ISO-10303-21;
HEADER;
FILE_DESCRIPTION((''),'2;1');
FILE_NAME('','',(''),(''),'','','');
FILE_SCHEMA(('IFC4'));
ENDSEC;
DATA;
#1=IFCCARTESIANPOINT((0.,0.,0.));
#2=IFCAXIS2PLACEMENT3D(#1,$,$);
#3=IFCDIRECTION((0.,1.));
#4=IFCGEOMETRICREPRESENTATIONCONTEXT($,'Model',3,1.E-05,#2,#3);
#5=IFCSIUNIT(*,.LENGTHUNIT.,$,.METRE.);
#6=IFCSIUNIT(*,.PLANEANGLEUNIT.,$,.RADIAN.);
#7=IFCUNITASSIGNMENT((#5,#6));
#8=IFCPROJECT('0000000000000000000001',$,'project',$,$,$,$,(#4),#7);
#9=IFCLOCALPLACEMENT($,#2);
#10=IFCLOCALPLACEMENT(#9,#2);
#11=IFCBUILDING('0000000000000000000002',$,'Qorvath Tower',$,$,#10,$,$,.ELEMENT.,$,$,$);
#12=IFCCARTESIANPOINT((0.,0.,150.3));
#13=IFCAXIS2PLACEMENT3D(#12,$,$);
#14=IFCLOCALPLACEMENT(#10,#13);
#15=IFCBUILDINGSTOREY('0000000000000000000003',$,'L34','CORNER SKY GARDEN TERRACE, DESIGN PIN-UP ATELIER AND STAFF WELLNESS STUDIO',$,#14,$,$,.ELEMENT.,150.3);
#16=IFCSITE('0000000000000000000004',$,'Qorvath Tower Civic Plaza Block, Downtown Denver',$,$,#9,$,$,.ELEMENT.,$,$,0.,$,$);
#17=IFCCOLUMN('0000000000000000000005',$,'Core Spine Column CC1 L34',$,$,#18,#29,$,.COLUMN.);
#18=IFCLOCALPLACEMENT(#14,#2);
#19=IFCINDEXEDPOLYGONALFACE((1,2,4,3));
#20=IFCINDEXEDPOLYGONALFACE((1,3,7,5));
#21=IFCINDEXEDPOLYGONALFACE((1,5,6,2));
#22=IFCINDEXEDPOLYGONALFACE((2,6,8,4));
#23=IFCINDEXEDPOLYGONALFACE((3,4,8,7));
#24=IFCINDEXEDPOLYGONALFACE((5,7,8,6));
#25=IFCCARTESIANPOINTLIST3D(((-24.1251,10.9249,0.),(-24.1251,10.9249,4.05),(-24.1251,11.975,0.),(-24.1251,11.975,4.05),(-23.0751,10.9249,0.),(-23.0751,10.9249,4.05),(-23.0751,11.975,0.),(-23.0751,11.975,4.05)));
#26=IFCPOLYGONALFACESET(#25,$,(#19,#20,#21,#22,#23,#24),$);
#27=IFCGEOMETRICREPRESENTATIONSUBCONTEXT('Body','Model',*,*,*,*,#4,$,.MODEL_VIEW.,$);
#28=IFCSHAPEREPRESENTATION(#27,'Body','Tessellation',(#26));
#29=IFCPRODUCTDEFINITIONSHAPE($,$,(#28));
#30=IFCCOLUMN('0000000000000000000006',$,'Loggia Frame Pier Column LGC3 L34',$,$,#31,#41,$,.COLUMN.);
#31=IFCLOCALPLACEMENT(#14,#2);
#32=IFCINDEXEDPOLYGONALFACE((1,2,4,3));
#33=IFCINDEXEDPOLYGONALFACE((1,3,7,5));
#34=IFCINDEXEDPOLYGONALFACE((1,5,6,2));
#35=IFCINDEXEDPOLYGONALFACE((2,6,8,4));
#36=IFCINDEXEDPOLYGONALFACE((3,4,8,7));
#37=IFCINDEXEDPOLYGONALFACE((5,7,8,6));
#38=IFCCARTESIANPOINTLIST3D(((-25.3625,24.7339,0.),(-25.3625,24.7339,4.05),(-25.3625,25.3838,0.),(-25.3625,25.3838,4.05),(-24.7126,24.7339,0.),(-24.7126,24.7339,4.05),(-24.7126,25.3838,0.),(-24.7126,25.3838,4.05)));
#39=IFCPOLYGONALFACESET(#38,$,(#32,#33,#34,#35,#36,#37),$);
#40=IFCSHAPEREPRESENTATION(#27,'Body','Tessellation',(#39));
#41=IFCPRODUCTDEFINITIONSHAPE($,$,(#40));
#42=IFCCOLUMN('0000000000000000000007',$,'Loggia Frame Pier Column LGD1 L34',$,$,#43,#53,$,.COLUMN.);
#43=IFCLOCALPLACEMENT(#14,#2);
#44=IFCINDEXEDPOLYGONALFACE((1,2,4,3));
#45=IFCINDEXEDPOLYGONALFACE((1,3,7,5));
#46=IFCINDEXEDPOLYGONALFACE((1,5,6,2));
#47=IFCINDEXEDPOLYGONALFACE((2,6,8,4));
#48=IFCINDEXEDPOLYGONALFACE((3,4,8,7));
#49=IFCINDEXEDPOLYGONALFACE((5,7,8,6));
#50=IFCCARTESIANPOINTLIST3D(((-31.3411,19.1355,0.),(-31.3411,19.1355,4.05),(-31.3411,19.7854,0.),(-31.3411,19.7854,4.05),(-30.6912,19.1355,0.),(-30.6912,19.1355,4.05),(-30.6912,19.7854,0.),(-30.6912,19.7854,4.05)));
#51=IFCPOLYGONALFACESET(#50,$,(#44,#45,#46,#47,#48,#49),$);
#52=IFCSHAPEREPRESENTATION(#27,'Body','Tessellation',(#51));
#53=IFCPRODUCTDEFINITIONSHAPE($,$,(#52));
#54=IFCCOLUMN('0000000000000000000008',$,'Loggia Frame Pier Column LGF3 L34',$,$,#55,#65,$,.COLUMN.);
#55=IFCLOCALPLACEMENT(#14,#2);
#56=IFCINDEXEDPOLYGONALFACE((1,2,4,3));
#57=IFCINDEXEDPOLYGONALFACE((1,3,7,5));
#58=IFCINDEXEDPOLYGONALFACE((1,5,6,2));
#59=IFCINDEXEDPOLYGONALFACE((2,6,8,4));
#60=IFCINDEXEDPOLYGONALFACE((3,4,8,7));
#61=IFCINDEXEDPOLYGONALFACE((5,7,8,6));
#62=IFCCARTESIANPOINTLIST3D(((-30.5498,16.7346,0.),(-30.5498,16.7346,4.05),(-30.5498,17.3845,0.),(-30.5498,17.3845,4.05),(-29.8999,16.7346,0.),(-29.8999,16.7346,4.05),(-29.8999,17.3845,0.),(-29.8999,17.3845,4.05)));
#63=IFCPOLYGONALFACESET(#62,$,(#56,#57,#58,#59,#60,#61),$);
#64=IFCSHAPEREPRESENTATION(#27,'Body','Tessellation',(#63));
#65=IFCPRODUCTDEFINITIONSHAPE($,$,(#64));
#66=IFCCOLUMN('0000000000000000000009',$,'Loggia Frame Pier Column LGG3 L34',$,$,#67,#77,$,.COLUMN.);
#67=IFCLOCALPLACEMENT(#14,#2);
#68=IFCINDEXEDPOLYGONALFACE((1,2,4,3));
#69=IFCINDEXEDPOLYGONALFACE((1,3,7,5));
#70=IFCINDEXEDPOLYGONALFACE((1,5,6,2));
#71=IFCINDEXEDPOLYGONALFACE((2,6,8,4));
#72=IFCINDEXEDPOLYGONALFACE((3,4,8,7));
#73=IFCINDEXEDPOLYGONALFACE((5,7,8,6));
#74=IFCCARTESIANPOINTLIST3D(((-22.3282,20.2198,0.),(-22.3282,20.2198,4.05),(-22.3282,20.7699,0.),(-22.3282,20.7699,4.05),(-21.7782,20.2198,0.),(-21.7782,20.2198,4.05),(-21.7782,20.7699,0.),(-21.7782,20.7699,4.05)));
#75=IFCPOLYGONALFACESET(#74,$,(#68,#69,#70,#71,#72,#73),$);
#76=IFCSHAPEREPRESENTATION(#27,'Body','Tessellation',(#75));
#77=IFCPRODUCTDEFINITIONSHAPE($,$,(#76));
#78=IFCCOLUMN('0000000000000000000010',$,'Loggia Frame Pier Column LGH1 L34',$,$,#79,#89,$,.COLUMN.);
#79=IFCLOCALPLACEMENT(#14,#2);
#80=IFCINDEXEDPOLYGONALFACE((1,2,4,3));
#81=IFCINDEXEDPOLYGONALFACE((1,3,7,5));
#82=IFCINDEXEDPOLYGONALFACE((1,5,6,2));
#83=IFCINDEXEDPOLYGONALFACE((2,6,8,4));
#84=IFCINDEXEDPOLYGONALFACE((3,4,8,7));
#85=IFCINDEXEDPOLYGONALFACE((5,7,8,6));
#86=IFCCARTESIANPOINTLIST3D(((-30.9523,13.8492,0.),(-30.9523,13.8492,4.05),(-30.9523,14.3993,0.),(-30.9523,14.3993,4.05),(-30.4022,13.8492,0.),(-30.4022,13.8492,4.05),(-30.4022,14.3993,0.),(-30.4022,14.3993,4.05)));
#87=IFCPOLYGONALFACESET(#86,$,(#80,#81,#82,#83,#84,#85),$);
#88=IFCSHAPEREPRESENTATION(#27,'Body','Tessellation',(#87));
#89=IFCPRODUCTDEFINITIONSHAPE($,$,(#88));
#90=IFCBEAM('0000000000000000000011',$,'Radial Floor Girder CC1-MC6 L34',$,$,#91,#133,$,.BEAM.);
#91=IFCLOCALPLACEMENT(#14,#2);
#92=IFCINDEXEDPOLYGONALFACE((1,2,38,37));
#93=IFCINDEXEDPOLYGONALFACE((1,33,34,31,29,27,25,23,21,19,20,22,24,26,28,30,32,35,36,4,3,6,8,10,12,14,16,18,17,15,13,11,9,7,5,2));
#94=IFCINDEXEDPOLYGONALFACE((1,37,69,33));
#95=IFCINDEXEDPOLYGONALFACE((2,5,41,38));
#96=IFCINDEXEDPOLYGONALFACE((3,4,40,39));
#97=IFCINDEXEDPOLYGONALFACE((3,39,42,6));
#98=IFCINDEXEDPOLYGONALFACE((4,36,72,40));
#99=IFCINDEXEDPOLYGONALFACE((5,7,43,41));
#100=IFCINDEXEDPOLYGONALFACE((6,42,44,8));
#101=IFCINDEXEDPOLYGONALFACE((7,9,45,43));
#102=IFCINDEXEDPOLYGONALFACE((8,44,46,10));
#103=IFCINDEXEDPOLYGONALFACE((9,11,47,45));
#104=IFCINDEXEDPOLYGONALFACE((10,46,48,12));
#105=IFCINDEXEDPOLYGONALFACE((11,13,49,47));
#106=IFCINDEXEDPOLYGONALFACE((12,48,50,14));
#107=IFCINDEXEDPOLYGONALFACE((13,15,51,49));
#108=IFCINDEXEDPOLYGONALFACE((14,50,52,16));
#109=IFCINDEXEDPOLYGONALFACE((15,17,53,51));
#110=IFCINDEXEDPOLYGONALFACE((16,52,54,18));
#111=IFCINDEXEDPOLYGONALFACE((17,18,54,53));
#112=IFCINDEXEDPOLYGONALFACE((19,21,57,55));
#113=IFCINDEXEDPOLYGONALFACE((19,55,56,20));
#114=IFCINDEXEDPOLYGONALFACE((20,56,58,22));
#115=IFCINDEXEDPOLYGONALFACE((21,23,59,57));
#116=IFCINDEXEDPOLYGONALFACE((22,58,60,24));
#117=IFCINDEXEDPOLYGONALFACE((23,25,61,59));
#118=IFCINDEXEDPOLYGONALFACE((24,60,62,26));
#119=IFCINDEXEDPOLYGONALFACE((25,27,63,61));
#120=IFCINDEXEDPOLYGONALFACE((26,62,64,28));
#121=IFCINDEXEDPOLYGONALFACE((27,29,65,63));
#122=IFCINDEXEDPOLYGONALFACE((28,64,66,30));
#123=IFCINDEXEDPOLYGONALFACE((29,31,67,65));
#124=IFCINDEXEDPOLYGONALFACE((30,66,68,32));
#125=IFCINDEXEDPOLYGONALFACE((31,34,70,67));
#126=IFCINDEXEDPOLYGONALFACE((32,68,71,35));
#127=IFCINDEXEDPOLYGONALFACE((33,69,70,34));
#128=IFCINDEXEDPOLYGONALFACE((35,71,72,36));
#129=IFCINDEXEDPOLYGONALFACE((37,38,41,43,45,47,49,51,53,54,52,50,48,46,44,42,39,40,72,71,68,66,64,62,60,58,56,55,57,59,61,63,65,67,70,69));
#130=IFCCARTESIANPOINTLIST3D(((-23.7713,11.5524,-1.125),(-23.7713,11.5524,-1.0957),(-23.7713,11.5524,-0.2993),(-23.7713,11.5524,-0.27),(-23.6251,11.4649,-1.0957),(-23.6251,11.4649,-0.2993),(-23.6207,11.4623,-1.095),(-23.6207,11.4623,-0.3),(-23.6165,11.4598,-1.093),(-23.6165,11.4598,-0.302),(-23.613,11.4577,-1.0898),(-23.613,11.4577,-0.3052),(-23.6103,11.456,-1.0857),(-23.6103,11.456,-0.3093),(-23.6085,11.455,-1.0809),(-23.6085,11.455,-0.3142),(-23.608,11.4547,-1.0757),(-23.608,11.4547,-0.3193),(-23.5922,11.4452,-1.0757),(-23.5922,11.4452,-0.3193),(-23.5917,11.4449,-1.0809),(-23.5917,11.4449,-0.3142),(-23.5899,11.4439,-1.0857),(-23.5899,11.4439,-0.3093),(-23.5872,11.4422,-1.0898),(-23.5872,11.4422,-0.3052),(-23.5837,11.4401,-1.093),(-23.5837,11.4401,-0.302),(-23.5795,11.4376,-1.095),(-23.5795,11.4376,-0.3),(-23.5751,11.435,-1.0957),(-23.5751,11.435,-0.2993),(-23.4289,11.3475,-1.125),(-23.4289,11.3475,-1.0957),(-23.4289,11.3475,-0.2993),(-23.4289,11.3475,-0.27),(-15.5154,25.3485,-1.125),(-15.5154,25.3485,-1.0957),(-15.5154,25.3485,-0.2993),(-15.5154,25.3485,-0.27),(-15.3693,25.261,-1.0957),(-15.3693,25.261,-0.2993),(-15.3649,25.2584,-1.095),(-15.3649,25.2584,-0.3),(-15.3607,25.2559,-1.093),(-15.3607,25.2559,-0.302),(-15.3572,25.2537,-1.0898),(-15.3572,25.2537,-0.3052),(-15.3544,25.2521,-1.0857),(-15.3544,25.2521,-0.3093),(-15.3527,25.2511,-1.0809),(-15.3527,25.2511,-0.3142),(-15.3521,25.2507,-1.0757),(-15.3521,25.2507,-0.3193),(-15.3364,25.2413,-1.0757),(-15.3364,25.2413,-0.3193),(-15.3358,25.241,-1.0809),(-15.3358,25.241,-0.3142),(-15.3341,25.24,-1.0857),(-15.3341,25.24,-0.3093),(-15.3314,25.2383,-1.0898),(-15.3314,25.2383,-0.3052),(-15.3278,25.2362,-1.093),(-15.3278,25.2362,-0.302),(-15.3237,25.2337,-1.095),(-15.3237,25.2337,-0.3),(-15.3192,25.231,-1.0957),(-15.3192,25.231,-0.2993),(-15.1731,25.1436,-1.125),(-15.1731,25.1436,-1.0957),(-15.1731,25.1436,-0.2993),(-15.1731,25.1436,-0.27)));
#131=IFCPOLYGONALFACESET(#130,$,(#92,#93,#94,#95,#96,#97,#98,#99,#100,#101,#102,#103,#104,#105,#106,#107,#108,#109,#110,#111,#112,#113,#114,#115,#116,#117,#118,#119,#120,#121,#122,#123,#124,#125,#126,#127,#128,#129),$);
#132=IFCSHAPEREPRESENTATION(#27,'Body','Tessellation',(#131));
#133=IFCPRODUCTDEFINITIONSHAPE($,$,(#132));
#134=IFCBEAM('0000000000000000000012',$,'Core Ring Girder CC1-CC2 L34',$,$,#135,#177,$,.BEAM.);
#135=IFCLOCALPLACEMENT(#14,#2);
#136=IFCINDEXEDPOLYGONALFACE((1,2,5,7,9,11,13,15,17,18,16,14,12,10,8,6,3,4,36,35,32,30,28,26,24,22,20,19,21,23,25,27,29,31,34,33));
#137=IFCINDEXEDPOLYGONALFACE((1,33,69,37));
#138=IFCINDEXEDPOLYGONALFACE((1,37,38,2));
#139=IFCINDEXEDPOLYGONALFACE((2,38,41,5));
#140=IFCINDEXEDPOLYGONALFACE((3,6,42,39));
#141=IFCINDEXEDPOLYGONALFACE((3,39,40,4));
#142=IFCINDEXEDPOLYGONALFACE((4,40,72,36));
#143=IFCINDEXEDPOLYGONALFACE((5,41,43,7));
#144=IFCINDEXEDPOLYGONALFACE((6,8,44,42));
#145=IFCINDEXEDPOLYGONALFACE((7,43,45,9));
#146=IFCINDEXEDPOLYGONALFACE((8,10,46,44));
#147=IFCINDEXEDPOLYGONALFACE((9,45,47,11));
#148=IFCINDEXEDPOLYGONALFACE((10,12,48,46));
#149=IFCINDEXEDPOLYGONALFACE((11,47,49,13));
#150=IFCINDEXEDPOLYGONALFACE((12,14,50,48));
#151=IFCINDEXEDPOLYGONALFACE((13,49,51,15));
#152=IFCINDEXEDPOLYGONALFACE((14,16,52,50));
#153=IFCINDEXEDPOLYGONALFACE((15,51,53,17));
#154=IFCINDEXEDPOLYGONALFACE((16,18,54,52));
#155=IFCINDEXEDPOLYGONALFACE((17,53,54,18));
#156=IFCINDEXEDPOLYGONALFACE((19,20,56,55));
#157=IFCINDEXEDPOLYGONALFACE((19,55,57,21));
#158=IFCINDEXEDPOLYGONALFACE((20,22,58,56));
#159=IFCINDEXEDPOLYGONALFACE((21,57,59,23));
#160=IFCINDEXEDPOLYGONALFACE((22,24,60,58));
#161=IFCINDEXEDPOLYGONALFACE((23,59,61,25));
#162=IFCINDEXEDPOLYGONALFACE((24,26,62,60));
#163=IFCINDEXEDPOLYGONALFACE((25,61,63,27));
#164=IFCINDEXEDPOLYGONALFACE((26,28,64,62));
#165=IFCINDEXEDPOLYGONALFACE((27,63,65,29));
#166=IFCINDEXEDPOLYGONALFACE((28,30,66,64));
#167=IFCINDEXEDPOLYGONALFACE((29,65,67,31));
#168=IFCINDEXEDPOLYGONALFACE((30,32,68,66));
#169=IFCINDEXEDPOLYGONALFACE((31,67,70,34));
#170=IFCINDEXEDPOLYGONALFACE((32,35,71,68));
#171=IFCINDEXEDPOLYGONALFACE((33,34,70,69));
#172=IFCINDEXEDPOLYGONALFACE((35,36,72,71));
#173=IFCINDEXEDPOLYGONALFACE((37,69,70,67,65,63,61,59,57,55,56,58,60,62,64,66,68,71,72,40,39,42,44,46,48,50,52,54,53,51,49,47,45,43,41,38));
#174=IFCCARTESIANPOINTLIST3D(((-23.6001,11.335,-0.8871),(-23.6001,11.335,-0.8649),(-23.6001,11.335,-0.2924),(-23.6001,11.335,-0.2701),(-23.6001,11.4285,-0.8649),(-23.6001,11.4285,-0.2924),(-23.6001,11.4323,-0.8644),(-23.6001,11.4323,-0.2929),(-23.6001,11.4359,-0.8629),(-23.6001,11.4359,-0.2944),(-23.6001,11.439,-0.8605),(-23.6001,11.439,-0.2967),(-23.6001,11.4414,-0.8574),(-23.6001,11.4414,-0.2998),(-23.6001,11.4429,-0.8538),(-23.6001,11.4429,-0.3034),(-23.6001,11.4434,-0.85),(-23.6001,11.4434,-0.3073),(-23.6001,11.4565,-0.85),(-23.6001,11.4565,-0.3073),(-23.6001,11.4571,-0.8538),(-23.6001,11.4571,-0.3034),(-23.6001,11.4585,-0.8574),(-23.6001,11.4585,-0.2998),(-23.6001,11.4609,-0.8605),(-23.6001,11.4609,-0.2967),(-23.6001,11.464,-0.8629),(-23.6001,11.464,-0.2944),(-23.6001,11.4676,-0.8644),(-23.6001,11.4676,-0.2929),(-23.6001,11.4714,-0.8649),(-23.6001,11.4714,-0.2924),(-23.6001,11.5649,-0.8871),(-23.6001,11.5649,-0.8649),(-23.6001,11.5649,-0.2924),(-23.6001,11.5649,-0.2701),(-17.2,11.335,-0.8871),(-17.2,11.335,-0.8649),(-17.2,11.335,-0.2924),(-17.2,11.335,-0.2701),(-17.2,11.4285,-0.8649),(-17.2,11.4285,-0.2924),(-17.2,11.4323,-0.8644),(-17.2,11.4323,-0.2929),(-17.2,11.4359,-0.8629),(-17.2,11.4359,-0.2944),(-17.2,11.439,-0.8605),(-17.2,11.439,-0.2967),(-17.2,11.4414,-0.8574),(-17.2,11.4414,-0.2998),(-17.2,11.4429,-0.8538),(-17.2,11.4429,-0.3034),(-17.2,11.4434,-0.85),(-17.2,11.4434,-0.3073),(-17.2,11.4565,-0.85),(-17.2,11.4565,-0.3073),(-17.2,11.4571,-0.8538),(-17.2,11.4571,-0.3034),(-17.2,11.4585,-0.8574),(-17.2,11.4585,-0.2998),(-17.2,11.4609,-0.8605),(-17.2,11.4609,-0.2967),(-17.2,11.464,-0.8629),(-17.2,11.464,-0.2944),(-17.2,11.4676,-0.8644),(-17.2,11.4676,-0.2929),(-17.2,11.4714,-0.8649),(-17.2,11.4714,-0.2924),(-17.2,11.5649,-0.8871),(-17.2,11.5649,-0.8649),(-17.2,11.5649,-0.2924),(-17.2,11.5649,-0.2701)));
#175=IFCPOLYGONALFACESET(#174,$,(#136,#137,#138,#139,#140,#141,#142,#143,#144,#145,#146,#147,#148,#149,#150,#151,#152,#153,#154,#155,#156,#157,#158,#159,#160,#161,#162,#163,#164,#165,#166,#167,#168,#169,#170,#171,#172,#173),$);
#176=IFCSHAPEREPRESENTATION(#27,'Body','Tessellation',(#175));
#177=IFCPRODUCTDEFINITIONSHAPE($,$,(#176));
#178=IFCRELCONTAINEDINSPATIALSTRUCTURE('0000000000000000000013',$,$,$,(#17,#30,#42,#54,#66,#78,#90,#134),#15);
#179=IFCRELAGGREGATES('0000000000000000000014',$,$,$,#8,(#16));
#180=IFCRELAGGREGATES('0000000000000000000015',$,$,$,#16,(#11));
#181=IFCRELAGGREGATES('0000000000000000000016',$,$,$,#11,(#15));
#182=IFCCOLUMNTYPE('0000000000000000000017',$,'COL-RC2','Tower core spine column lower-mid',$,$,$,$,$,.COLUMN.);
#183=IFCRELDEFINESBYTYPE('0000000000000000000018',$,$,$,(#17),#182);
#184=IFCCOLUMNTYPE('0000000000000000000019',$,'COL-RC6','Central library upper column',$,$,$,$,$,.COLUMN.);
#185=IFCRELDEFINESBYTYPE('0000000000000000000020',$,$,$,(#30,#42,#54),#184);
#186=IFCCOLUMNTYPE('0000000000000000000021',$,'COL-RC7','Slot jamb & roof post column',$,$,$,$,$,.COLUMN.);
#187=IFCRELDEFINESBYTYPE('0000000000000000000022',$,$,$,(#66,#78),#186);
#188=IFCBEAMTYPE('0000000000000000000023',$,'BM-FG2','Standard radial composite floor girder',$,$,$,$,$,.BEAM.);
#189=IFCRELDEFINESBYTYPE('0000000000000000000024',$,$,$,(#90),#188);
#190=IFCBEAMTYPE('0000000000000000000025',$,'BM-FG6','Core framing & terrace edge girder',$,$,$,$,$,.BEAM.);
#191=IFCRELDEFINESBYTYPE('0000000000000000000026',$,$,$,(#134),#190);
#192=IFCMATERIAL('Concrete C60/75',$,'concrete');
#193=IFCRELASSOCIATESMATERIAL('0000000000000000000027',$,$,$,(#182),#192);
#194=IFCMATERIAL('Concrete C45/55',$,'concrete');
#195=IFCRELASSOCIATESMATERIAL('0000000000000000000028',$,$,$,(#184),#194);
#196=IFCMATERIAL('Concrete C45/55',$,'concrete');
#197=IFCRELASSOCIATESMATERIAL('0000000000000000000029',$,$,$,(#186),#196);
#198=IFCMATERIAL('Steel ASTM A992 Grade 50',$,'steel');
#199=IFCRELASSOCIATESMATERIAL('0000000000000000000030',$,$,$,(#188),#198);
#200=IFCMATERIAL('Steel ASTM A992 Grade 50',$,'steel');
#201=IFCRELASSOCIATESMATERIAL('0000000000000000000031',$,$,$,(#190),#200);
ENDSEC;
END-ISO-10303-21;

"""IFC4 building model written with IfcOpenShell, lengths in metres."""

from ifc_helpers import new_model, si_unit, direction, frame, origin, origin_2d, place, context, subcontext, project, spatial, rectangle, i_section, extrude, material, material_profile, profile_set, type_object, element, save


model = new_model("IFC4")

# Units and contexts
model_context = context("Model", 3, precision=1e-05, world=origin(), true_north=direction((0.0, 1.0)))
body_context = subcontext(model_context, "Body", "Model", "MODEL_VIEW")
ifc_project = project(units=[si_unit("LENGTHUNIT", "METRE"), si_unit("PLANEANGLEUNIT", "RADIAN")], contexts=[model_context])

# Site, building, storey
site_placement = place(None, origin())
site = spatial("IfcSite", under=ifc_project, at=site_placement, Name="Qorvath Tower Civic Plaza Block, Downtown Denver", CompositionType="ELEMENT", RefElevation=0.0)
building_placement = place(site_placement, origin())
building = spatial("IfcBuilding", under=site, at=building_placement, Name="Qorvath Tower", CompositionType="ELEMENT")
storey_placement = place(building_placement, frame((0.0, 0.0, 150.3)))
storey = spatial("IfcBuildingStorey", under=building, at=storey_placement, Name="L34", Description="CORNER SKY GARDEN TERRACE, DESIGN PIN-UP ATELIER AND STAFF WELLNESS STUDIO", CompositionType="ELEMENT", Elevation=150.3)

# Columns
ifc_material_1 = material(Name="Concrete C60/75", Category="concrete")
ifc_material_profile_1 = material_profile(ifc_material_1, rectangle(XDim=1.05, YDim=1.05, at=origin_2d()), Name="RC 1050x1050")
ifc_profile_set_1 = profile_set([ifc_material_profile_1], Name="Concrete C60/75")
column_type_1 = type_object("IfcColumnType", Name="COL-RC2", Description="Tower core spine column lower-mid", PredefinedType="COLUMN", material=ifc_profile_set_1)
column_placement = place(storey_placement, frame((-23.6001, 11.45, 0.0), z_axis=(0.0, 0.0, 1.0), x_axis=(1.0, 0.0, 0.0)))
element("IfcColumn", 1, at=column_placement, inside=storey, type_object=column_type_1, Name="Core Spine Column CC1 L34", PredefinedType="COLUMN", context=body_context, shape_type="SweptSolid", body=[
    extrude(rectangle(XDim=1.05, YDim=1.05, at=origin_2d()), origin(), (0.0, 0.0, 1.0), 4.05),
])
ifc_material_2 = material(Name="Concrete C45/55", Category="concrete")
ifc_material_profile_2 = material_profile(ifc_material_2, rectangle(XDim=0.6499, YDim=0.6499, at=origin_2d()), Name="RC 650x650")
ifc_profile_set_2 = profile_set([ifc_material_profile_2], Name="Concrete C45/55")
column_type_2 = type_object("IfcColumnType", Name="COL-RC6", Description="Central library upper column", PredefinedType="COLUMN", material=ifc_profile_set_2)
for number, where, z_axis, x_axis, name in (
    (2, (-25.0376, 25.0588, 0.0), (0.0, 0.0, 1.0), (1.0, 0.0, 0.0), "Loggia Frame Pier Column LGC3 L34"),
    (3, (-31.0161, 19.4604, 0.0), (0.0, 0.0, 1.0), (1.0, 0.0, 0.0), "Loggia Frame Pier Column LGD1 L34"),
    (4, (-30.2249, 17.0596, 0.0), (0.0, 0.0, 1.0), (1.0, 0.0, 0.0), "Loggia Frame Pier Column LGF3 L34"),
):
    element("IfcColumn", number, at=place(storey_placement, frame(where, z_axis=z_axis, x_axis=x_axis)), inside=storey, type_object=column_type_2, Name=name, PredefinedType="COLUMN", context=body_context, shape_type="SweptSolid", body=[
        extrude(rectangle(XDim=0.6499, YDim=0.6499, at=origin_2d()), origin(), (0.0, 0.0, 1.0), 4.05),
    ])
ifc_material_3 = material(Name="Concrete C45/55", Category="concrete")
ifc_material_profile_3 = material_profile(ifc_material_3, rectangle(XDim=0.55, YDim=0.55, at=origin_2d()), Name="RC 550x550")
ifc_profile_set_3 = profile_set([ifc_material_profile_3], Name="Concrete C45/55")
column_type_3 = type_object("IfcColumnType", Name="COL-RC7", Description="Slot jamb & roof post column", PredefinedType="COLUMN", material=ifc_profile_set_3)
for number, where, z_axis, x_axis, name in (
    (5, (-22.0532, 20.4949, 0.0), (0.0, 0.0, 1.0), (1.0, 0.0, 0.0), "Loggia Frame Pier Column LGG3 L34"),
    (6, (-30.6772, 14.1243, 0.0), (0.0, 0.0, 1.0), (1.0, 0.0, 0.0), "Loggia Frame Pier Column LGH1 L34"),
):
    element("IfcColumn", number, at=place(storey_placement, frame(where, z_axis=z_axis, x_axis=x_axis)), inside=storey, type_object=column_type_3, Name=name, PredefinedType="COLUMN", context=body_context, shape_type="SweptSolid", body=[
        extrude(rectangle(XDim=0.55, YDim=0.55, at=origin_2d()), origin(), (0.0, 0.0, 1.0), 4.05),
    ])

# Beams
ifc_material_4 = material(Name="Steel ASTM A992 Grade 50", Category="steel")
ifc_material_profile_4 = material_profile(ifc_material_4, i_section(OverallWidth=0.3989, OverallDepth=0.855, WebThickness=0.0183, FlangeThickness=0.0293, FilletRadius=0.02, at=origin_2d()), Name="W33x201")
ifc_profile_set_4 = profile_set([ifc_material_profile_4], Name="Steel ASTM A992 Grade 50")
beam_type_1 = type_object("IfcBeamType", Name="BM-FG2", Description="Standard radial composite floor girder", PredefinedType="BEAM", material=ifc_profile_set_4)
beam_1_placement = place(storey_placement, frame((-23.6001, 11.45, -0.6975), z_axis=(0.513497, 0.858091, 0.0), x_axis=(-0.858091, 0.513497, 0.0)))
element("IfcBeam", 7, at=beam_1_placement, inside=storey, type_object=beam_type_1, Name="Radial Floor Girder CC1-MC6 L34", PredefinedType="BEAM", context=body_context, shape_type="SweptSolid", body=[
    extrude(i_section(OverallWidth=0.3989, OverallDepth=0.855, WebThickness=0.0183, FlangeThickness=0.0293, FilletRadius=0.02, at=origin_2d()), origin(), (0.0, 0.0, 1.0), 16.0776),
])
ifc_material_5 = material(Name="Steel ASTM A992 Grade 50", Category="steel")
ifc_material_profile_5 = material_profile(ifc_material_5, i_section(OverallWidth=0.23, OverallDepth=0.6169, WebThickness=0.0132, FlangeThickness=0.0222, FilletRadius=0.0149, at=origin_2d()), Name="W24x94")
ifc_profile_set_5 = profile_set([ifc_material_profile_5], Name="Steel ASTM A992 Grade 50")
beam_type_2 = type_object("IfcBeamType", Name="BM-FG6", Description="Core framing & terrace edge girder", PredefinedType="BEAM", material=ifc_profile_set_5)
beam_2_placement = place(storey_placement, frame((-23.6001, 11.45, -0.5786), z_axis=(1.0, 0.0, 0.0), x_axis=(0.0, 1.0, 0.0)))
element("IfcBeam", 8, at=beam_2_placement, inside=storey, type_object=beam_type_2, Name="Core Ring Girder CC1-CC2 L34", PredefinedType="BEAM", context=body_context, shape_type="SweptSolid", body=[
    extrude(i_section(OverallWidth=0.23, OverallDepth=0.6169, WebThickness=0.0132, FlangeThickness=0.0222, FilletRadius=0.0149, at=origin_2d()), origin(), (0.0, 0.0, 1.0), 6.4001),
])

save(model, "model.ifc")
